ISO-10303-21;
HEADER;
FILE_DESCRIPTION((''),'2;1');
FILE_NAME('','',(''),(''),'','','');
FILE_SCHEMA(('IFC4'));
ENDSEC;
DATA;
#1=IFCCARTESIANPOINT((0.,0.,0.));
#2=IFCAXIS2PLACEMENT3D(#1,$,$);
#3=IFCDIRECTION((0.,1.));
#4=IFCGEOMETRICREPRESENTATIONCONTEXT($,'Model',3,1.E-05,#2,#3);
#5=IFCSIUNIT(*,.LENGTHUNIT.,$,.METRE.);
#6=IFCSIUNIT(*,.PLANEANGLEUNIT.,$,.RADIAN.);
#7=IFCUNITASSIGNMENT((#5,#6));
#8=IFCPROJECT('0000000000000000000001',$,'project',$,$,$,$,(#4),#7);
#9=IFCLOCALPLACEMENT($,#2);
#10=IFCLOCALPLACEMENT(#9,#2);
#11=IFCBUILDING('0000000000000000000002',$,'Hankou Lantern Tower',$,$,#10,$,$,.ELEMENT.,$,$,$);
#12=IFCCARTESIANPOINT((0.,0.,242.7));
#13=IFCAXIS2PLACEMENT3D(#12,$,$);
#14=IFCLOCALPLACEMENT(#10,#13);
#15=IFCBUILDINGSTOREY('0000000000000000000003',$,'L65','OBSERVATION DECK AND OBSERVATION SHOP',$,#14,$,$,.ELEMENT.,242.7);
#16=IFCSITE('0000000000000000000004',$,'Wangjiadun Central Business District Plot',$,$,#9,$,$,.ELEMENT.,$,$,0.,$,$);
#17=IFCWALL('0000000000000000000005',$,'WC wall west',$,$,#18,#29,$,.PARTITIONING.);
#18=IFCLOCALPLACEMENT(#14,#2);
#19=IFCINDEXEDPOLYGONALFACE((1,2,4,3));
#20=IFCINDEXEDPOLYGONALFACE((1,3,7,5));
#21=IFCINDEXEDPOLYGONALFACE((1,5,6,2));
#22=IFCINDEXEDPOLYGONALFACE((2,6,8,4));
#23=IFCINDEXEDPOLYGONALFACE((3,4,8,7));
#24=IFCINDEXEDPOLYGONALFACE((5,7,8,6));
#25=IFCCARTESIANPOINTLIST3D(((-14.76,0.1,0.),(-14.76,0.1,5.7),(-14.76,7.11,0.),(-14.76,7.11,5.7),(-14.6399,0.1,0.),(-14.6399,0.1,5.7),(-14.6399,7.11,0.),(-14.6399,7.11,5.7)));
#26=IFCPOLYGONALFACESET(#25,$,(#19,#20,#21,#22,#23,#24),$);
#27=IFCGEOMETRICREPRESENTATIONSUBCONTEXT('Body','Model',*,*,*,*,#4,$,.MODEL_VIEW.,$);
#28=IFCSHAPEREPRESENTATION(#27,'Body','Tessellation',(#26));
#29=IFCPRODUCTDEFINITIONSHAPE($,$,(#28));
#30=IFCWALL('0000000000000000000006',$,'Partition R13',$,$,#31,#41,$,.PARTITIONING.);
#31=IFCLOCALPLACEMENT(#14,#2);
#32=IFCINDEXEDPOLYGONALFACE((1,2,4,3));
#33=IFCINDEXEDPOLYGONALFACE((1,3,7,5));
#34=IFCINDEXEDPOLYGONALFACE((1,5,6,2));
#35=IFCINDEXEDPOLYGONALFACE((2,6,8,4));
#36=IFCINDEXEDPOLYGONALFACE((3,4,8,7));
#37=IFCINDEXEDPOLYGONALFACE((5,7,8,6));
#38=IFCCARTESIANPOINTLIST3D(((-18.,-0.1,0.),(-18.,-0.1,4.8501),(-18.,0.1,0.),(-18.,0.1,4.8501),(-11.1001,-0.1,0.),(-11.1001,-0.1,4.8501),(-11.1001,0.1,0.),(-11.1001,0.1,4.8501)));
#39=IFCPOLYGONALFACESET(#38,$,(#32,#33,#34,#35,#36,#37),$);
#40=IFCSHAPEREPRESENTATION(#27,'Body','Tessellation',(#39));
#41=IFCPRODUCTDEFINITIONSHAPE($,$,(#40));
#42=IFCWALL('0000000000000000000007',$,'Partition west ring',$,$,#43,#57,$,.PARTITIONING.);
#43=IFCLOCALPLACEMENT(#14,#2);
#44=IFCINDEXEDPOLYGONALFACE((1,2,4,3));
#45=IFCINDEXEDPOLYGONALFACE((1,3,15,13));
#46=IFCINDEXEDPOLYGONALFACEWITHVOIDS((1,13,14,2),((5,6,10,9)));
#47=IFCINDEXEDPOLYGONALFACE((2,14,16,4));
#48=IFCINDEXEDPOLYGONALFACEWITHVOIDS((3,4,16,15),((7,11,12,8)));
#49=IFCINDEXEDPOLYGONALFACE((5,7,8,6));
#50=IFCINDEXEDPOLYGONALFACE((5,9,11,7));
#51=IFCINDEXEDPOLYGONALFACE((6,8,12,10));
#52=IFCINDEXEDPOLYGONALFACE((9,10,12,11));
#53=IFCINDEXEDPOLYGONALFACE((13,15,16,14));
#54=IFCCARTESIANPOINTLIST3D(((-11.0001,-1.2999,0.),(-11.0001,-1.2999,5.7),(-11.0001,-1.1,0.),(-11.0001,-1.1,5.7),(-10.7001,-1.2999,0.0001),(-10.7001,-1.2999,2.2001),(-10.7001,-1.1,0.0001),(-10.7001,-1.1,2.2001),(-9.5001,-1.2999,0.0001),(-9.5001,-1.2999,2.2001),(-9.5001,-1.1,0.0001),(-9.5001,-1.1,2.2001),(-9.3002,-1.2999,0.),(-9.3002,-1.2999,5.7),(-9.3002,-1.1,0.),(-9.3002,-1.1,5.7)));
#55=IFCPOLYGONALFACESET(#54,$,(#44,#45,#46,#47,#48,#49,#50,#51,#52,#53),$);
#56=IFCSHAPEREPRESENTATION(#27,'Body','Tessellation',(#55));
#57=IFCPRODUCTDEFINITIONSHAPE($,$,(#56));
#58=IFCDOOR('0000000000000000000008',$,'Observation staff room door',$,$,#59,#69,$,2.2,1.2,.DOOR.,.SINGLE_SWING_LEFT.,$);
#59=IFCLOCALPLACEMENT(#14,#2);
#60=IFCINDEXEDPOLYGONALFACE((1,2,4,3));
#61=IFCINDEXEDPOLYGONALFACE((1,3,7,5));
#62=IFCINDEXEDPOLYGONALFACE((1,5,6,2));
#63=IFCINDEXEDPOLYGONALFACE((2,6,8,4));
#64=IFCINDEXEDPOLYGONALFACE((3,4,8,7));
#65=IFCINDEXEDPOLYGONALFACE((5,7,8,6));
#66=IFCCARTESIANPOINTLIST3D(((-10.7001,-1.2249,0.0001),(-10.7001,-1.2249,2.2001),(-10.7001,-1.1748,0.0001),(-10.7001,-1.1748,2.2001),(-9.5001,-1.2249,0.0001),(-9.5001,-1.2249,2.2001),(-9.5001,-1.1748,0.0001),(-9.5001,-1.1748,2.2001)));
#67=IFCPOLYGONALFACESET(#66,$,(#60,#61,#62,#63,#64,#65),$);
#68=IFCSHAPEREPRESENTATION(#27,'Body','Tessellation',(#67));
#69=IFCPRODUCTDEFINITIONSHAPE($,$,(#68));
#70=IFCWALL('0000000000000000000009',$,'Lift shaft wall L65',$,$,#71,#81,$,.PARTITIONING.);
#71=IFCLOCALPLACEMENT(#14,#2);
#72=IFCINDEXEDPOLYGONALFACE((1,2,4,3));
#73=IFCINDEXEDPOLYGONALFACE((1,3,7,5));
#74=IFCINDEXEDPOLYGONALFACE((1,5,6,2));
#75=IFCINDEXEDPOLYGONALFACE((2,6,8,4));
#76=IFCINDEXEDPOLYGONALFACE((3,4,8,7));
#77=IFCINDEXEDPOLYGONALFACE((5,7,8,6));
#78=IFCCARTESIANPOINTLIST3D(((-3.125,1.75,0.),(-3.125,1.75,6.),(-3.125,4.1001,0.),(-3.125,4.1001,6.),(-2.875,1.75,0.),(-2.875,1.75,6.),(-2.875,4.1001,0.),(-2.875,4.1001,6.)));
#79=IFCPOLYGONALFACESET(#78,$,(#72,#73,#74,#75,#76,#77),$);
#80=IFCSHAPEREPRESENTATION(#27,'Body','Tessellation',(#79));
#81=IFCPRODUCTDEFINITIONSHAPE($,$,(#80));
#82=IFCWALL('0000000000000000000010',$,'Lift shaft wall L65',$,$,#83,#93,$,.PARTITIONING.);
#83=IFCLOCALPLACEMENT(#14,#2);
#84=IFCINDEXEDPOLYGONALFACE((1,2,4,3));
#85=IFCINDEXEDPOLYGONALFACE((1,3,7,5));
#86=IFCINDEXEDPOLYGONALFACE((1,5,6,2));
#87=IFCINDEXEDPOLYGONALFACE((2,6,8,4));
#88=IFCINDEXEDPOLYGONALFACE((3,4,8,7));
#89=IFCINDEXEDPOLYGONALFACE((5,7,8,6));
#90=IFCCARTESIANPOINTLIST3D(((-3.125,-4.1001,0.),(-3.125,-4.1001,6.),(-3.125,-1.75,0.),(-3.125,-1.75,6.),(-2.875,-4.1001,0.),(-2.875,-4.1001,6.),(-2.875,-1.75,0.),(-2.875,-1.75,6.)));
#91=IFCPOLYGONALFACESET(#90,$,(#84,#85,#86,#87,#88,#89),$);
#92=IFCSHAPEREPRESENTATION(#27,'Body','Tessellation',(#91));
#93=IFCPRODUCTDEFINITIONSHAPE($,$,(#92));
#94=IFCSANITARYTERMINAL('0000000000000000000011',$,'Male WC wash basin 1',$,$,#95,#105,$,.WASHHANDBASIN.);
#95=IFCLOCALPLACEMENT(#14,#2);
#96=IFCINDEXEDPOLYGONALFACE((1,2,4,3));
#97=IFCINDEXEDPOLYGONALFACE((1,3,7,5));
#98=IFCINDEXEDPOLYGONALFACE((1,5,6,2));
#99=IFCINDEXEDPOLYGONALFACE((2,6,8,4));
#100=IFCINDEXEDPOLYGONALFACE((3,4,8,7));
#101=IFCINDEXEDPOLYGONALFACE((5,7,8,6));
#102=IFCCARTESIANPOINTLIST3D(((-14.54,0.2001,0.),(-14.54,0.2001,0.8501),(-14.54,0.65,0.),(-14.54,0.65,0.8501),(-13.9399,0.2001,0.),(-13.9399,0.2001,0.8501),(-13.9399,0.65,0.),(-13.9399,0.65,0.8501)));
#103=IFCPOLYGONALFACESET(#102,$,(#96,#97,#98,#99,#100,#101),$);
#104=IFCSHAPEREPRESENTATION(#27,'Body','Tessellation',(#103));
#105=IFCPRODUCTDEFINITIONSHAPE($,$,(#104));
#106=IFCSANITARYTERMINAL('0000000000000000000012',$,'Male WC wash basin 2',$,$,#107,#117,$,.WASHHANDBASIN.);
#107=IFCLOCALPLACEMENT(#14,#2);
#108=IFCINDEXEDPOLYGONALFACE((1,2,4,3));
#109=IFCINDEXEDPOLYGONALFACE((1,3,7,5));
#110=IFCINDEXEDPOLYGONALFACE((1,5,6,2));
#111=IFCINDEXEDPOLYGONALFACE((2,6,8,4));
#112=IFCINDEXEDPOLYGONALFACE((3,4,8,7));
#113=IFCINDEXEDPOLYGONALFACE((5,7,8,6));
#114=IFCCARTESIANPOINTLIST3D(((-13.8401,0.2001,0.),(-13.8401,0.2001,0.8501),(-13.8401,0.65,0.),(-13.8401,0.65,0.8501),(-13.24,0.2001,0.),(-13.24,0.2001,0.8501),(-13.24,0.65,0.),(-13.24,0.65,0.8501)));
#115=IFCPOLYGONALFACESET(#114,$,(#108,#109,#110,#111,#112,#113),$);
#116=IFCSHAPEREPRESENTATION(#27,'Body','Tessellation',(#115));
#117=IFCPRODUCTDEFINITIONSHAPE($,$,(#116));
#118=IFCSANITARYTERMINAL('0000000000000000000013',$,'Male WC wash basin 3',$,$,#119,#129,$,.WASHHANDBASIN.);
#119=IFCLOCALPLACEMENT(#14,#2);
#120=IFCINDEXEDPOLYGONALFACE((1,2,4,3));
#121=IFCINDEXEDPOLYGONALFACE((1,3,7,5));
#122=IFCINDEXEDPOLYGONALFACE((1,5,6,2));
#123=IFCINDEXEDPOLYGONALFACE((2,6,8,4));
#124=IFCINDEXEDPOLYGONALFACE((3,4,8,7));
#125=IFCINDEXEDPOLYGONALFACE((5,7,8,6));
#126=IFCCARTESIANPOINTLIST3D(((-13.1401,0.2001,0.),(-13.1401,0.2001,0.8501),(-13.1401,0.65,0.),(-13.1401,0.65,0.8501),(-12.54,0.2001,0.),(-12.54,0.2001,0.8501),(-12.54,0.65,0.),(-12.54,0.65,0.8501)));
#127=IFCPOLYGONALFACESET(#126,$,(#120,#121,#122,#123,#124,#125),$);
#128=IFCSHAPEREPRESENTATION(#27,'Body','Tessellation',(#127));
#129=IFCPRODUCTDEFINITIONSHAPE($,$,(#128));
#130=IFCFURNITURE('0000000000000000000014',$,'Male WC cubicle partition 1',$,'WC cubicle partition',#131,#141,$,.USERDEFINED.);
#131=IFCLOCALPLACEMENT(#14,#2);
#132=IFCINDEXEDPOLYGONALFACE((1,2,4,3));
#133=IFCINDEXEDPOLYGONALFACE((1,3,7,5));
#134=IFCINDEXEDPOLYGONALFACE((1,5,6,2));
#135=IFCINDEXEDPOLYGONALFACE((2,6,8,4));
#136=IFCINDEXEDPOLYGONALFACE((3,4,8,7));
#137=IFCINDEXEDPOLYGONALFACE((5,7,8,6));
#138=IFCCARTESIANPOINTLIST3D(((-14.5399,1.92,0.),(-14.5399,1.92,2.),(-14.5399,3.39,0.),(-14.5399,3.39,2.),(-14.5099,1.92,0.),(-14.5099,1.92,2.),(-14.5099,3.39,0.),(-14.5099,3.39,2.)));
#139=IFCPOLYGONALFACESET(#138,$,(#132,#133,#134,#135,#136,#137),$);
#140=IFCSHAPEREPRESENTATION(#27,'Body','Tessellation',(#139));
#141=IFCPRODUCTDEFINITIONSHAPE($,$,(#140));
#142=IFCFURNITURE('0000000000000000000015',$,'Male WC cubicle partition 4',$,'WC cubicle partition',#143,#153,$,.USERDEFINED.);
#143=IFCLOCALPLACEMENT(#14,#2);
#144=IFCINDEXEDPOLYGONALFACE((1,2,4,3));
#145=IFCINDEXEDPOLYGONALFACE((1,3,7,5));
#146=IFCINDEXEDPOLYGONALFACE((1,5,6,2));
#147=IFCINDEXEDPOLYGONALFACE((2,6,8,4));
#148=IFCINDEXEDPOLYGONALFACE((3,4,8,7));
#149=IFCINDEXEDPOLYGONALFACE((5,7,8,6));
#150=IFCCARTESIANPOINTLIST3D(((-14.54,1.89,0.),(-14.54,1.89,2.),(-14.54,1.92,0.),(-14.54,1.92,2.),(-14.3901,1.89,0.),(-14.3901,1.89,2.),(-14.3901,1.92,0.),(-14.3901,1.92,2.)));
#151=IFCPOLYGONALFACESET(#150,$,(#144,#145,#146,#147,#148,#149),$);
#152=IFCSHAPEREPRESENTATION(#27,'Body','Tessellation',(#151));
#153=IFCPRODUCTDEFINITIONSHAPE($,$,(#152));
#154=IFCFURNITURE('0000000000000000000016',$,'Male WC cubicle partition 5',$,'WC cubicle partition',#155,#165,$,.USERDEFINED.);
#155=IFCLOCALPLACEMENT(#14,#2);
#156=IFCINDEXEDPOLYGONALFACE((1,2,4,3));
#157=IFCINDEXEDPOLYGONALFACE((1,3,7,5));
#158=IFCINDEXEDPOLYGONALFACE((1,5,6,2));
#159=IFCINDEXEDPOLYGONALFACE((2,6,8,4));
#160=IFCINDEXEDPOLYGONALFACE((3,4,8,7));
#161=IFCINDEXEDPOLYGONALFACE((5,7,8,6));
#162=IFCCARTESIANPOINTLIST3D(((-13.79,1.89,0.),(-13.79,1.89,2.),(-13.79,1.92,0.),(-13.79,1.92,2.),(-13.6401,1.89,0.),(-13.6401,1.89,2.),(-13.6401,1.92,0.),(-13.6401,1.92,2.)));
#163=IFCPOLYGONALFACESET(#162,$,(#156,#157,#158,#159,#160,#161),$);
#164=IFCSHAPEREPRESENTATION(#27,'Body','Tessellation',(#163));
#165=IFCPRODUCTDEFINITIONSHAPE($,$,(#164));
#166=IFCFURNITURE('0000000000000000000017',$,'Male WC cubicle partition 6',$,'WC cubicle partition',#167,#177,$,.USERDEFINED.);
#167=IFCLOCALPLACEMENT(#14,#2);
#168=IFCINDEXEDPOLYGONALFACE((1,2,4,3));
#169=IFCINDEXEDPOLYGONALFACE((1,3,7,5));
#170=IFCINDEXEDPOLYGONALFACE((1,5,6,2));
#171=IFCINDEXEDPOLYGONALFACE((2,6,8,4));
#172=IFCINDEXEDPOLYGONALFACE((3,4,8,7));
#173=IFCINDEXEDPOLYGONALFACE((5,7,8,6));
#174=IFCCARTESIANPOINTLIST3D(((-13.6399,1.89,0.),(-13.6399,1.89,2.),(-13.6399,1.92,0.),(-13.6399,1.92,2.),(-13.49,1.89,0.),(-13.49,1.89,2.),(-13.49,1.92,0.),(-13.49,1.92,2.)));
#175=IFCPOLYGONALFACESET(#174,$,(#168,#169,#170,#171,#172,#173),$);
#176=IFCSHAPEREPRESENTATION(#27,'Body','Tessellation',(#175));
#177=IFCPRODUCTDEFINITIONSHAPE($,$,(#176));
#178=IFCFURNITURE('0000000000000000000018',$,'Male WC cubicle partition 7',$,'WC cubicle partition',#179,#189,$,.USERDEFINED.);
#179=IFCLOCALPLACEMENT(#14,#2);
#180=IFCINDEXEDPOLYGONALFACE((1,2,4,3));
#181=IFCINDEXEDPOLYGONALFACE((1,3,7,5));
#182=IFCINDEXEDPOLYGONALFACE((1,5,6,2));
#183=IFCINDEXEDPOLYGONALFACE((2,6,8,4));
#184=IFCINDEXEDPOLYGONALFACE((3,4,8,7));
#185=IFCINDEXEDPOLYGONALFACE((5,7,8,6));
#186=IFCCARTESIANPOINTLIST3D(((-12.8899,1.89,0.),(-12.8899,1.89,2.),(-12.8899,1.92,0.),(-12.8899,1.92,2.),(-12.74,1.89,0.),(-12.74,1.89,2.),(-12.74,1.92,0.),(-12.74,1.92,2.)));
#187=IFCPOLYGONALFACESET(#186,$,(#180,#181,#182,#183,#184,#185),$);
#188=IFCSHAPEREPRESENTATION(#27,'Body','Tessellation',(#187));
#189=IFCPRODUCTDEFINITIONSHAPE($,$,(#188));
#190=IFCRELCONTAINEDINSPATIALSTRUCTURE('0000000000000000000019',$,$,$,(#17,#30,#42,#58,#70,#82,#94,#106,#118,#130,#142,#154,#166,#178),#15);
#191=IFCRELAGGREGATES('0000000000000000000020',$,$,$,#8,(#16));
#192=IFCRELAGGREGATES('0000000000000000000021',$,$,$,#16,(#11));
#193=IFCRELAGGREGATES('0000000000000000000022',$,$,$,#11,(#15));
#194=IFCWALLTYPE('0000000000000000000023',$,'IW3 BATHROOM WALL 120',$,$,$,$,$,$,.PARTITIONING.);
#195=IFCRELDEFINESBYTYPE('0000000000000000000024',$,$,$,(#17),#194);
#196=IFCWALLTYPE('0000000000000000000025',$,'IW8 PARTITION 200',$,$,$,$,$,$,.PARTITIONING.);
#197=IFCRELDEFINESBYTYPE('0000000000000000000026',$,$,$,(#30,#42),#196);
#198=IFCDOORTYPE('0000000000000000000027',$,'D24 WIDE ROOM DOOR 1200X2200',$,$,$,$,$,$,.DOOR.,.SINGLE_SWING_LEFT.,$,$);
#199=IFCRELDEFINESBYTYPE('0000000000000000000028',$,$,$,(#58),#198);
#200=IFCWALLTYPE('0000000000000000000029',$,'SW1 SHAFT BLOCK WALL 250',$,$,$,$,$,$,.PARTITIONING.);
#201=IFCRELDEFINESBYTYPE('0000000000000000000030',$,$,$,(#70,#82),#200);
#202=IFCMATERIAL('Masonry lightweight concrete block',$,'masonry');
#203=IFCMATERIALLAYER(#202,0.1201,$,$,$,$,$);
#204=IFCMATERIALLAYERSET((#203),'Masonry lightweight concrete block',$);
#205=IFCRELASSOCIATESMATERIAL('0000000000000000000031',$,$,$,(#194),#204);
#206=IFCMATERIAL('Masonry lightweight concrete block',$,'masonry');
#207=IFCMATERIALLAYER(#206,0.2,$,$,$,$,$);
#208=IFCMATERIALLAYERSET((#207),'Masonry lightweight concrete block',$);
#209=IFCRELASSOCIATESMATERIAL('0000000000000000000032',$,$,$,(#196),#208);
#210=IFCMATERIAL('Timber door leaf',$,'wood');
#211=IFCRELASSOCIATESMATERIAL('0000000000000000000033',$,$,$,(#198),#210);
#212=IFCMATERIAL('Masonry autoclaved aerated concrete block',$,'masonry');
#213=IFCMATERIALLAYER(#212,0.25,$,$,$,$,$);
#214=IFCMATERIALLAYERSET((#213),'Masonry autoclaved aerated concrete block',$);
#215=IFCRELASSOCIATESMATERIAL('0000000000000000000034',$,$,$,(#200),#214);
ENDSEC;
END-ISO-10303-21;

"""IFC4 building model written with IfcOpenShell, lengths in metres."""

from ifc_helpers import new_model, si_unit, direction, frame, frame_2d, origin, origin_2d, place, context, subcontext, project, spatial, rectangle, extrude, material, layer, layer_set, type_object, element, fill, save


model = new_model("IFC4")

# Units and contexts
model_context = context("Model", 3, precision=1e-05, world=origin(), true_north=direction((0.0, 1.0)))
body_context = subcontext(model_context, "Body", "Model", "MODEL_VIEW")
ifc_project = project(units=[si_unit("LENGTHUNIT", "METRE"), si_unit("PLANEANGLEUNIT", "RADIAN")], contexts=[model_context])

# Site, building, storey
site_placement = place(None, origin())
site = spatial("IfcSite", under=ifc_project, at=site_placement, Name="Wangjiadun Central Business District Plot", CompositionType="ELEMENT", RefElevation=0.0)
building_placement = place(site_placement, origin())
building = spatial("IfcBuilding", under=site, at=building_placement, Name="Hankou Lantern Tower", CompositionType="ELEMENT")
storey_placement = place(building_placement, frame((0.0, 0.0, 242.7)))
storey = spatial("IfcBuildingStorey", under=building, at=storey_placement, Name="L65", Description="OBSERVATION DECK AND OBSERVATION SHOP", CompositionType="ELEMENT", Elevation=242.7)

# Walls
ifc_material_1 = material(Name="Masonry lightweight concrete block", Category="masonry")
ifc_layer_1 = layer(ifc_material_1, 0.1201)
ifc_layer_set_1 = layer_set([ifc_layer_1], Name="Masonry lightweight concrete block")
wall_type_1 = type_object("IfcWallType", Name="IW3 BATHROOM WALL 120", PredefinedType="PARTITIONING", material=ifc_layer_set_1)
wall_1_placement = place(storey_placement, frame((-14.7, 0.1001, 0.0), z_axis=(0.0, 0.0, 1.0), x_axis=(0.0, 1.0, 0.0)))
element("IfcWall", 1, at=wall_1_placement, inside=storey, type_object=wall_type_1, Name="WC wall west", PredefinedType="PARTITIONING", context=body_context, shape_type="SweptSolid", body=[
    extrude(rectangle(XDim=7.01, YDim=0.1201, at=frame_2d((3.5049, 0.0))), origin(), (0.0, 0.0, 1.0), 5.7),
])
ifc_material_2 = material(Name="Masonry lightweight concrete block", Category="masonry")
ifc_layer_2 = layer(ifc_material_2, 0.2)
ifc_layer_set_2 = layer_set([ifc_layer_2], Name="Masonry lightweight concrete block")
wall_type_2 = type_object("IfcWallType", Name="IW8 PARTITION 200", PredefinedType="PARTITIONING", material=ifc_layer_set_2)
wall_2_placement = place(storey_placement, frame((-11.1001, 0.0, 0.0), z_axis=(0.0, 0.0, 1.0), x_axis=(-1.0, 0.0, 0.0)))
element("IfcWall", 2, at=wall_2_placement, inside=storey, type_object=wall_type_2, Name="Partition R13", PredefinedType="PARTITIONING", context=body_context, shape_type="SweptSolid", body=[
    extrude(rectangle(XDim=6.8999, YDim=0.2, at=frame_2d((3.45, 0.0))), origin(), (0.0, 0.0, 1.0), 4.8501),
])

# Wall, opening, door
wall_3_placement = place(storey_placement, frame((-9.3, -1.2, 0.0), z_axis=(0.0, 0.0, 1.0), x_axis=(-1.0, 0.0, 0.0)))
wall_3 = element("IfcWall", 3, at=wall_3_placement, inside=storey, type_object=wall_type_2, Name="Partition west ring", PredefinedType="PARTITIONING", context=body_context, shape_type="SweptSolid", body=[
    extrude(rectangle(XDim=1.7, YDim=0.2, at=frame_2d((0.8501, 0.0))), origin(), (0.0, 0.0, 1.0), 5.7),
])
opening_1_placement = place(wall_3_placement, frame((0.2, 0.0, 0.0)))
opening_1 = element("IfcOpeningElement", 4, at=opening_1_placement, cuts=wall_3, PredefinedType="OPENING", context=body_context, shape_type="SweptSolid", body=[
    extrude(rectangle(XDim=1.2, YDim=2.2, at=frame_2d((0.6001, 1.1001))), frame((0.0, 0.1099, 0.0), z_axis=(0.0, -1.0, 0.0), x_axis=(1.0, 0.0, 0.0)), (0.0, 0.0, 1.0), 0.22),
])
ifc_material_3 = material(Name="Timber door leaf", Category="wood")
door_type_1 = type_object("IfcDoorType", Name="D24 WIDE ROOM DOOR 1200X2200", OperationType="SINGLE_SWING_LEFT", PredefinedType="DOOR", material=ifc_material_3)
door_1_placement = place(opening_1_placement, origin())
door_1 = element("IfcDoor", 5, at=door_1_placement, inside=storey, type_object=door_type_1, Name="Observation staff room door", OperationType="SINGLE_SWING_LEFT", OverallHeight=2.2, OverallWidth=1.2, PredefinedType="DOOR", context=body_context, shape_type="SweptSolid", body=[
    extrude(rectangle(XDim=1.2, YDim=2.2, at=frame_2d((0.6001, 1.1001))), frame((0.0, 0.0249, 0.0), z_axis=(0.0, -1.0, 0.0), x_axis=(1.0, 0.0, 0.0)), (0.0, 0.0, 1.0), 0.05),
])
fill(opening_1, door_1)

# Walls
ifc_material_4 = material(Name="Masonry autoclaved aerated concrete block", Category="masonry")
ifc_layer_3 = layer(ifc_material_4, 0.25)
ifc_layer_set_3 = layer_set([ifc_layer_3], Name="Masonry autoclaved aerated concrete block")
wall_type_3 = type_object("IfcWallType", Name="SW1 SHAFT BLOCK WALL 250", PredefinedType="PARTITIONING", material=ifc_layer_set_3)
for number, where, z_axis, x_axis, name in (
    (6, (-3.0, 1.75, 0.0), (0.0, 0.0, 1.0), (0.0, 1.0, 0.0), "Lift shaft wall L65"),
    (7, (-3.0, -4.1001, 0.0), (0.0, 0.0, 1.0), (0.0, 1.0, 0.0), "Lift shaft wall L65"),
):
    element("IfcWall", number, at=place(storey_placement, frame(where, z_axis=z_axis, x_axis=x_axis)), inside=storey, type_object=wall_type_3, Name=name, PredefinedType="PARTITIONING", context=body_context, shape_type="SweptSolid", body=[
        extrude(rectangle(XDim=2.3501, YDim=0.25, at=frame_2d((1.175, 0.0))), origin(), (0.0, 0.0, 1.0), 6.0),
    ])

# Sanitary terminals
for number, where, z_axis, x_axis, name in (
    (8, (-14.24, 0.425, 0.0), (0.0, 0.0, 1.0), (1.0, 0.0, 0.0), "Male WC wash basin 1"),
    (9, (-13.54, 0.425, 0.0), (0.0, 0.0, 1.0), (1.0, 0.0, 0.0), "Male WC wash basin 2"),
    (10, (-12.8401, 0.425, 0.0), (0.0, 0.0, 1.0), (1.0, 0.0, 0.0), "Male WC wash basin 3"),
):
    element("IfcSanitaryTerminal", number, at=place(storey_placement, frame(where, z_axis=z_axis, x_axis=x_axis)), inside=storey, Name=name, PredefinedType="WASHHANDBASIN", context=body_context, shape_type="SweptSolid", body=[
        extrude(rectangle(XDim=0.6001, YDim=0.45, at=origin_2d()), origin(), (0.0, 0.0, 1.0), 0.8501),
    ])

# Furniture
furniture_placement = place(storey_placement, frame((-14.5249, 2.655, 0.0), z_axis=(0.0, 0.0, 1.0), x_axis=(1.0, 0.0, 0.0)))
element("IfcFurniture", 11, at=furniture_placement, inside=storey, Name="Male WC cubicle partition 1", ObjectType="WC cubicle partition", PredefinedType="USERDEFINED", context=body_context, shape_type="SweptSolid", body=[
    extrude(rectangle(XDim=0.03, YDim=1.47, at=origin_2d()), origin(), (0.0, 0.0, 1.0), 2.0),
])
for number, where, z_axis, x_axis, name in (
    (12, (-14.4651, 1.905, 0.0), (0.0, 0.0, 1.0), (1.0, 0.0, 0.0), "Male WC cubicle partition 4"),
    (13, (-13.7151, 1.905, 0.0), (0.0, 0.0, 1.0), (1.0, 0.0, 0.0), "Male WC cubicle partition 5"),
    (14, (-13.5649, 1.905, 0.0), (0.0, 0.0, 1.0), (1.0, 0.0, 0.0), "Male WC cubicle partition 6"),
    (15, (-12.8149, 1.905, 0.0), (0.0, 0.0, 1.0), (1.0, 0.0, 0.0), "Male WC cubicle partition 7"),
):
    element("IfcFurniture", number, at=place(storey_placement, frame(where, z_axis=z_axis, x_axis=x_axis)), inside=storey, Name=name, ObjectType="WC cubicle partition", PredefinedType="USERDEFINED", context=body_context, shape_type="SweptSolid", body=[
        extrude(rectangle(XDim=0.1499, YDim=0.03, at=origin_2d()), origin(), (0.0, 0.0, 1.0), 2.0),
    ])

save(model, "model.ifc")
